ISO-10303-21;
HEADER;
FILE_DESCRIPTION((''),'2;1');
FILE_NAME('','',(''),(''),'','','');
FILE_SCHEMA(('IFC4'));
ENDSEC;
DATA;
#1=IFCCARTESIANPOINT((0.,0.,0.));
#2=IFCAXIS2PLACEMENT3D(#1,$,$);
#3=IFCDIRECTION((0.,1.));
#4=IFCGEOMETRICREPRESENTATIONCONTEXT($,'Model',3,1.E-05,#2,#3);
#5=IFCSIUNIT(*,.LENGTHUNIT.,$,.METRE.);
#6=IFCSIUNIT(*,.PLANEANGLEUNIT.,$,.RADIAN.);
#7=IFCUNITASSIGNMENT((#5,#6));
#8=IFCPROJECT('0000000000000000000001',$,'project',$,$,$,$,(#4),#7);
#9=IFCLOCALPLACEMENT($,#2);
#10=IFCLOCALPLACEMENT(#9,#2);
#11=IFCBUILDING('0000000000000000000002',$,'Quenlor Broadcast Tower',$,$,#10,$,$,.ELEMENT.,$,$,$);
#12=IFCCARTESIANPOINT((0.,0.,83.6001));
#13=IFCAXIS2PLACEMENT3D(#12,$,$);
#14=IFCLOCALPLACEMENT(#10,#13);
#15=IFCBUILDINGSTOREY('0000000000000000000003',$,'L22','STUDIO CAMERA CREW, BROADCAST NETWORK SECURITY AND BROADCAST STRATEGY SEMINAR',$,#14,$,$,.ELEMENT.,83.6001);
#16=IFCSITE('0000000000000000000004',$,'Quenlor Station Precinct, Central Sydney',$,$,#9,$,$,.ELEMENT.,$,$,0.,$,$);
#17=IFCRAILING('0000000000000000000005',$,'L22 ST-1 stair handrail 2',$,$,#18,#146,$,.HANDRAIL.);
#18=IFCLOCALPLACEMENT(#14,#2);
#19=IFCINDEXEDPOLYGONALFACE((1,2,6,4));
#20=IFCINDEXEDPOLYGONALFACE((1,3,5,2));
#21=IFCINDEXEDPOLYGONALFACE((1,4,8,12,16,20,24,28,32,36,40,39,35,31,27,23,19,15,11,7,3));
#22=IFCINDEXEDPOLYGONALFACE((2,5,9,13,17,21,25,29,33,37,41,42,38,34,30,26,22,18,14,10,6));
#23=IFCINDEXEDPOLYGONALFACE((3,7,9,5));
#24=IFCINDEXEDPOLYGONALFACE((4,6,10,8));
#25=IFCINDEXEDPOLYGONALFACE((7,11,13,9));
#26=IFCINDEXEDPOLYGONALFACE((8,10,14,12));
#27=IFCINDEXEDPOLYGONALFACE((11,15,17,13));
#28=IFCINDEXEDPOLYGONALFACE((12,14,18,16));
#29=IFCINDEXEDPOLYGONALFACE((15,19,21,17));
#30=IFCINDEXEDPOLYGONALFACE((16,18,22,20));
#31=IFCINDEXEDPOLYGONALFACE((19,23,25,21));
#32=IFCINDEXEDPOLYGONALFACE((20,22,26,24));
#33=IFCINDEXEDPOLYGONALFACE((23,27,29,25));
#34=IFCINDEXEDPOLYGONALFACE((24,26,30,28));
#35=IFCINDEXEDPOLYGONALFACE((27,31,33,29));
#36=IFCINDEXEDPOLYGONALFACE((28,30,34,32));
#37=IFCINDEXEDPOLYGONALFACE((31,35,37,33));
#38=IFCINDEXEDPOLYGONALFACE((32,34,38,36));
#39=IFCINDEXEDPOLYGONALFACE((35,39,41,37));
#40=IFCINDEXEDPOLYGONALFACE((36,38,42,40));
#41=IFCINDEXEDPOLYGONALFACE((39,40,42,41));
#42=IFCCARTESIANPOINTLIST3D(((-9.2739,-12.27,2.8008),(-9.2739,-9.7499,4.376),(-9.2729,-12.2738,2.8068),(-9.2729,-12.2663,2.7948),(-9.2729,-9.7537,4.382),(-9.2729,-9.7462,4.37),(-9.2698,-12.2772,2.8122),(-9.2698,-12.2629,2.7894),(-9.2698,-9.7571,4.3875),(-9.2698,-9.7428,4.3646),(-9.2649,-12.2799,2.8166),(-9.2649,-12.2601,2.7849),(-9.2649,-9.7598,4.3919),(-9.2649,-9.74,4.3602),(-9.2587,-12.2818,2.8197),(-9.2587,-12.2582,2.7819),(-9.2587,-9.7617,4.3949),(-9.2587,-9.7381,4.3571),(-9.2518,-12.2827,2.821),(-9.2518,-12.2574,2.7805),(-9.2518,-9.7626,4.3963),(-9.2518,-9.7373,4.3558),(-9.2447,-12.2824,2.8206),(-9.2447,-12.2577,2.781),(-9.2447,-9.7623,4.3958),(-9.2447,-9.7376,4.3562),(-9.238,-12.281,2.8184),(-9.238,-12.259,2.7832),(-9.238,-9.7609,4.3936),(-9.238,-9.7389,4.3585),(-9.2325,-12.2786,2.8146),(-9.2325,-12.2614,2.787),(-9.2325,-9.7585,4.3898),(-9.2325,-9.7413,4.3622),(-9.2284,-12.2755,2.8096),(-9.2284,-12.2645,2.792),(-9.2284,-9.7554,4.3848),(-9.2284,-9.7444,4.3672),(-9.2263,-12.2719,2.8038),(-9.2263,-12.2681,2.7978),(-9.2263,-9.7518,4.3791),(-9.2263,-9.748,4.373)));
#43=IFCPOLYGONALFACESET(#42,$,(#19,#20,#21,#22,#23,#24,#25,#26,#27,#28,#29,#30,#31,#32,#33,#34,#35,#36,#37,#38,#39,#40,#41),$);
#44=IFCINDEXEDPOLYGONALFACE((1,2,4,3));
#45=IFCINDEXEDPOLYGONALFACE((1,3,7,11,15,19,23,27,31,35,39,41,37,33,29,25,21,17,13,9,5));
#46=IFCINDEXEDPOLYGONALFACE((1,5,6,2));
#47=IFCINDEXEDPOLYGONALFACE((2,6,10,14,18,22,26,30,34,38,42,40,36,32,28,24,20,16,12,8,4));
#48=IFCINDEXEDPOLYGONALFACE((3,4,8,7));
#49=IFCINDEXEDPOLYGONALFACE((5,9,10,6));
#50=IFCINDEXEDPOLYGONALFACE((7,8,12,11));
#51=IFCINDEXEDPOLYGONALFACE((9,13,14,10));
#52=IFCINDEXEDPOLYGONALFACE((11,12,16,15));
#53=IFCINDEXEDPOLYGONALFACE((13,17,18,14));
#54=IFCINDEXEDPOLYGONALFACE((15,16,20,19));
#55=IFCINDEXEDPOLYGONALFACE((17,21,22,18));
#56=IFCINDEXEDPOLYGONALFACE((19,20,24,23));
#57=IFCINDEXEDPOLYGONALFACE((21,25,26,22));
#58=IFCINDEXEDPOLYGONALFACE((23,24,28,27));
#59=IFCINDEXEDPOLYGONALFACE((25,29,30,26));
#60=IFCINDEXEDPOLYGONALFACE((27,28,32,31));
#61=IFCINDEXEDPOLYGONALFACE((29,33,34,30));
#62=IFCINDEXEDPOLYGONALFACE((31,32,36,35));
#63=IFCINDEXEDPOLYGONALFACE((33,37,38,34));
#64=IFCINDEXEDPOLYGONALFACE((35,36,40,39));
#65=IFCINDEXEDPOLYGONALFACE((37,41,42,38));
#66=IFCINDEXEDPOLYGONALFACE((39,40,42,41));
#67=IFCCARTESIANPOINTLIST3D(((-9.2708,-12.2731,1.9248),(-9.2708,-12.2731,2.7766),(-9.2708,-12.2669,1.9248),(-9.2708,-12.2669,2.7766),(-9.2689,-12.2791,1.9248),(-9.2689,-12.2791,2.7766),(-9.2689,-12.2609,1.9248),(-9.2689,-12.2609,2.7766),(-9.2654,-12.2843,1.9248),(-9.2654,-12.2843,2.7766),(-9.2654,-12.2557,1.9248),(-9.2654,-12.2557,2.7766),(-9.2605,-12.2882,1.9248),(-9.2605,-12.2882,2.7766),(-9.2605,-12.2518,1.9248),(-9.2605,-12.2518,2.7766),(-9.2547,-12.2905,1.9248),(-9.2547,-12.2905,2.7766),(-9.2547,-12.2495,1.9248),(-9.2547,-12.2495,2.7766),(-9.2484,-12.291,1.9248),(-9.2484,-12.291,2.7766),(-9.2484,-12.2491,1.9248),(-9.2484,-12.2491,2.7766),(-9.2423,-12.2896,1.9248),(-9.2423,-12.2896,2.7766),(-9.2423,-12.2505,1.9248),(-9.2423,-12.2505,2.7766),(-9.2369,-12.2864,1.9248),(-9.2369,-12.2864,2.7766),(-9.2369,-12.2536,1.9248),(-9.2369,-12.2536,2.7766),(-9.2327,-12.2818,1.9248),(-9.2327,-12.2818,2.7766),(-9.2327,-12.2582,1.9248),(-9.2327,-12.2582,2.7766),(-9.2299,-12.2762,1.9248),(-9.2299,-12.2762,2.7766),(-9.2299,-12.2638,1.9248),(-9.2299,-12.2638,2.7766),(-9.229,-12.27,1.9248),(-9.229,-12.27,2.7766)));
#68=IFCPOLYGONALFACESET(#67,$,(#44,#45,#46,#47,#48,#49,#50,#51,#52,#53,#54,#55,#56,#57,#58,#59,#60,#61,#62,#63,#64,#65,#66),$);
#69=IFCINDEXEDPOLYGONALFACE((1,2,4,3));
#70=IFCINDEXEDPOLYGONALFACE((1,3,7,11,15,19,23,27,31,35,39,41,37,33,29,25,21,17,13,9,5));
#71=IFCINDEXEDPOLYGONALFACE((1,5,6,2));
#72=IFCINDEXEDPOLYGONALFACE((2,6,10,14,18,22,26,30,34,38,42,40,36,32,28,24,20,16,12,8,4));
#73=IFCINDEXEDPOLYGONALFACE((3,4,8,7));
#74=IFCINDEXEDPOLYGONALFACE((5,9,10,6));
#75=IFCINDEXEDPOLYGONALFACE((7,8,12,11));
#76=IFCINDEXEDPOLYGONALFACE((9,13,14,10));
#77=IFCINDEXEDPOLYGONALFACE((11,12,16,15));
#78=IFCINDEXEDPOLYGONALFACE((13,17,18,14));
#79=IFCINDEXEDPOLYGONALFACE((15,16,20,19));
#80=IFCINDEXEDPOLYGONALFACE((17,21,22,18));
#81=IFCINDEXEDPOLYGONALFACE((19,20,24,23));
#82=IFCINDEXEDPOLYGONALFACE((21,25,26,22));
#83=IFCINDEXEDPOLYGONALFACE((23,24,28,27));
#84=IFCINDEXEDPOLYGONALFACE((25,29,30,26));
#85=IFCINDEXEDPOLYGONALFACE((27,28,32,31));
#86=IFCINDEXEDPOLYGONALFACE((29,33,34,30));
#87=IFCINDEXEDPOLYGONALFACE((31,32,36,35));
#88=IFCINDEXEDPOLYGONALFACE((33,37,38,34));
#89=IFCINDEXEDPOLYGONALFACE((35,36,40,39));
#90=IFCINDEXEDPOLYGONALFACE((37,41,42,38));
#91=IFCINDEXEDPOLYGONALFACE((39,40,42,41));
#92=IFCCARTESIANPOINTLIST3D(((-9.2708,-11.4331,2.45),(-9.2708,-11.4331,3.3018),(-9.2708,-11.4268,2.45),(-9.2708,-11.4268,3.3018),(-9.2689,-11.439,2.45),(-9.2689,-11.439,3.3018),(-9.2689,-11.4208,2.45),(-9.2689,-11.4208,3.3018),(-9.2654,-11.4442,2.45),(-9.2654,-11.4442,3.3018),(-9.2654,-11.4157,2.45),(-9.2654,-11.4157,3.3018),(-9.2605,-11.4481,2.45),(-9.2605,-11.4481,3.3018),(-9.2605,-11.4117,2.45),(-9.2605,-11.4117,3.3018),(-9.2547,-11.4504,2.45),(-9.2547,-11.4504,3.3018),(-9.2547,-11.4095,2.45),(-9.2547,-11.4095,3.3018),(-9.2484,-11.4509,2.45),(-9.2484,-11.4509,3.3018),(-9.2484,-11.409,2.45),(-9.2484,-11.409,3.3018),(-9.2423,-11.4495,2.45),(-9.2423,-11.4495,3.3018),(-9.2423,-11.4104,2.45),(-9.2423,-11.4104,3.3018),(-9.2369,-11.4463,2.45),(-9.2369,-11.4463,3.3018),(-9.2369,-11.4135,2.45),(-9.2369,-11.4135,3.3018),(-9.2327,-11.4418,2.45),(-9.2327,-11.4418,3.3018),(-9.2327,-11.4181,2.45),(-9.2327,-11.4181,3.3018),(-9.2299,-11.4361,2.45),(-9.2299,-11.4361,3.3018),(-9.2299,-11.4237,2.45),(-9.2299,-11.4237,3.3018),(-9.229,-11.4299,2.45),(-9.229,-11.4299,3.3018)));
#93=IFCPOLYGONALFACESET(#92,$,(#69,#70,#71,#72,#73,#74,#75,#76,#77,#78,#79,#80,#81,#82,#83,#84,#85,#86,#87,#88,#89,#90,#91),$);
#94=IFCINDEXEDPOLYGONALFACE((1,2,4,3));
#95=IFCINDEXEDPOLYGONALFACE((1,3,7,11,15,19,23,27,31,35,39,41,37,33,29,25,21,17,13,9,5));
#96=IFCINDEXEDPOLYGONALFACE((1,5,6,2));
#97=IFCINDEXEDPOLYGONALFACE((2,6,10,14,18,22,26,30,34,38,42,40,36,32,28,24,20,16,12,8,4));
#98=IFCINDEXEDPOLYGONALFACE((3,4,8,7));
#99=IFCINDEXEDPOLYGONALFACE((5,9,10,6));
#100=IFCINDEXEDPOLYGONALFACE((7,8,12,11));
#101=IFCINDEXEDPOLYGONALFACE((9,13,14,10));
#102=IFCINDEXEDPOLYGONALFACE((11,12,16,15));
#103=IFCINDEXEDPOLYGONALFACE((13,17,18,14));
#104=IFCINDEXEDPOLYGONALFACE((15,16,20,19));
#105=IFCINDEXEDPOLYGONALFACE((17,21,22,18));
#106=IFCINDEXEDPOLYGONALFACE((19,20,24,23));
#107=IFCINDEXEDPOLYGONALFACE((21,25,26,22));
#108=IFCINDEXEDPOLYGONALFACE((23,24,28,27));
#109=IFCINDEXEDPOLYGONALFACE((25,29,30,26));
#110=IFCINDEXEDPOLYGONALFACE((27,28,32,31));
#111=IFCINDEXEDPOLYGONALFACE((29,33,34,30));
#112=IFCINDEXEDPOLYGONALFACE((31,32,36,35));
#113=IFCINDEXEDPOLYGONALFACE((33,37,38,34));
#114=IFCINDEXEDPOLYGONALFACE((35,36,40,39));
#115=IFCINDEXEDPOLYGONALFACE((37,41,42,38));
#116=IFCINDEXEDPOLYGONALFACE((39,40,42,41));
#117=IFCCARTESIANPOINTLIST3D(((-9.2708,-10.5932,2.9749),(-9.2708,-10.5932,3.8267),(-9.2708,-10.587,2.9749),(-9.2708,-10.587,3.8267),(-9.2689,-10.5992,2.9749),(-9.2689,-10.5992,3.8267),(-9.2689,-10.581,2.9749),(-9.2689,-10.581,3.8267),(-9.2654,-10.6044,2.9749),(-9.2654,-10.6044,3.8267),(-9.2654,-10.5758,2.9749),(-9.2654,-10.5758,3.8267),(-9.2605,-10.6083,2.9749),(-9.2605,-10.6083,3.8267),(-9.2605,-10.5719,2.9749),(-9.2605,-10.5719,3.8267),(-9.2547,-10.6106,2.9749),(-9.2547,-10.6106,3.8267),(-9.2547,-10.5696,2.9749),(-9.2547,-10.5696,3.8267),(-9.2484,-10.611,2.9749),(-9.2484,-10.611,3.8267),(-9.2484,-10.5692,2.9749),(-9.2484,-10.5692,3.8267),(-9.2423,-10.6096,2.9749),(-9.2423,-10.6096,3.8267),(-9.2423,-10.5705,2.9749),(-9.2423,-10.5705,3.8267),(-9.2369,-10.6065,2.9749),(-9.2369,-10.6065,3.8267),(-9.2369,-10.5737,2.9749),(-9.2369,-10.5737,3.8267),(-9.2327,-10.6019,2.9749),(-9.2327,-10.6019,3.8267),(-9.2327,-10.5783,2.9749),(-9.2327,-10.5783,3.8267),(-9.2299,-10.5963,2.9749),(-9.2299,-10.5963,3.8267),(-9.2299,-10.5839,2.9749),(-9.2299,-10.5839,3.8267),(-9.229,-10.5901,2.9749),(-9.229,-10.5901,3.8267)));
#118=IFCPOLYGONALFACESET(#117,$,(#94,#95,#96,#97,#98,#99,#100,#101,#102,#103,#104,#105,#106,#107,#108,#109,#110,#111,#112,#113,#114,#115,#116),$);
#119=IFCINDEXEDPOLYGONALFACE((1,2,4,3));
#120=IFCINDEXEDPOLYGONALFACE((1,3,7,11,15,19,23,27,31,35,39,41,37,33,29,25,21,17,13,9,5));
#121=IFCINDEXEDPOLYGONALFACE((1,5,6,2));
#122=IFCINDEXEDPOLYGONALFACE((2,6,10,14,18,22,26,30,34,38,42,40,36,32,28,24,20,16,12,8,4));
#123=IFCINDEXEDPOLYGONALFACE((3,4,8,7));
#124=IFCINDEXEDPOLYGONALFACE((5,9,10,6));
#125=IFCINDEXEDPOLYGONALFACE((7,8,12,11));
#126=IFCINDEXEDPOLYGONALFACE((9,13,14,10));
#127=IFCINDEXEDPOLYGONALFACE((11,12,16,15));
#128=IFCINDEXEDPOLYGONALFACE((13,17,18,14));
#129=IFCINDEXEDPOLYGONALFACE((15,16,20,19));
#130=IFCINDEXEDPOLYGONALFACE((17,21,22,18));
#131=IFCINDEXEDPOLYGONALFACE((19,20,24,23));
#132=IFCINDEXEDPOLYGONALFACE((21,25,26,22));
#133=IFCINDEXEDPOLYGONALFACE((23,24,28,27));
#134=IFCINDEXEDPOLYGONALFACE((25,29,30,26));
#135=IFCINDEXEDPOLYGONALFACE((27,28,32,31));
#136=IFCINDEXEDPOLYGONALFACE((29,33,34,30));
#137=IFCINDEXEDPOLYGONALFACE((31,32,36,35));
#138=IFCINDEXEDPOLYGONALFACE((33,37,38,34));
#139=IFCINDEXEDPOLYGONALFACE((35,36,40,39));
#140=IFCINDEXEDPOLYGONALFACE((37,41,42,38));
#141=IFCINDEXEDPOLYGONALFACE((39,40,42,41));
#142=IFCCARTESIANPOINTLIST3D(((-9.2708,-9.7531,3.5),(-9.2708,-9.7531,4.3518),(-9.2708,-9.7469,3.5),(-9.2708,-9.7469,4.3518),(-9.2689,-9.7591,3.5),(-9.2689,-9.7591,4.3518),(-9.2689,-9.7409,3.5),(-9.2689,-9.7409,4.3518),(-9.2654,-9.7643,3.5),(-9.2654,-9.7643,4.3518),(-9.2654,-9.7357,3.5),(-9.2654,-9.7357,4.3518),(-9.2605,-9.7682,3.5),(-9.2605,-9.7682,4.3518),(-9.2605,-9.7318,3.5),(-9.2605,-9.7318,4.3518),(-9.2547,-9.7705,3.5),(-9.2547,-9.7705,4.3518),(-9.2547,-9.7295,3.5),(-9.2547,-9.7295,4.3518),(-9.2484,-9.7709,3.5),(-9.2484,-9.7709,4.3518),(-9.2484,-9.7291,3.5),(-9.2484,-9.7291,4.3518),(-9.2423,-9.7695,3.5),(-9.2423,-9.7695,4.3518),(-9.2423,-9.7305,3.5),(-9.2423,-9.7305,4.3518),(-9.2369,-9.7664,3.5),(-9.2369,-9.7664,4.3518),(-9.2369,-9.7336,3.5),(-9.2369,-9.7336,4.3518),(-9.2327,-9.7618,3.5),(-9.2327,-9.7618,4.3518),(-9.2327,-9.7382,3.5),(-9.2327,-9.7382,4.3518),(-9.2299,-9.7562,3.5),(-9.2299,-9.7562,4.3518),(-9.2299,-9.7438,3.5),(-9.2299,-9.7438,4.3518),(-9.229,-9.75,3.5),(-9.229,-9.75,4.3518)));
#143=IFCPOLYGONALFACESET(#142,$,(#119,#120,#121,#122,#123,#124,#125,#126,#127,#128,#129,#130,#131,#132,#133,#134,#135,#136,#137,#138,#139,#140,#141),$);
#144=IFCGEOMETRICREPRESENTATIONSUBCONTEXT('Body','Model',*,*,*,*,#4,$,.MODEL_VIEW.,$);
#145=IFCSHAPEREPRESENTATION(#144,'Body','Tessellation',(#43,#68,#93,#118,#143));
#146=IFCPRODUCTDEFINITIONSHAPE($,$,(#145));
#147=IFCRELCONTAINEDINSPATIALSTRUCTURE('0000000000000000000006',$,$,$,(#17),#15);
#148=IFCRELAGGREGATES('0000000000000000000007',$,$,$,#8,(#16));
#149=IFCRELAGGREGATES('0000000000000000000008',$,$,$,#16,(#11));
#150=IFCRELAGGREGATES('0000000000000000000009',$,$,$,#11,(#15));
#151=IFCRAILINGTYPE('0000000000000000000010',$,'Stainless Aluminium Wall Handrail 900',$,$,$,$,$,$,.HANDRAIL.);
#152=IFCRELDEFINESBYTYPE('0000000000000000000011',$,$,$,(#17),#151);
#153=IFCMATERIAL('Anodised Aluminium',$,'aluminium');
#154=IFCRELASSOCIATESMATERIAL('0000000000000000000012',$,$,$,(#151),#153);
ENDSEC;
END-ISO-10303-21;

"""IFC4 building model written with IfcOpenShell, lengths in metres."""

from ifc_helpers import new_model, si_unit, direction, frame, origin, origin_2d, place, context, subcontext, project, spatial, circle, extrude, material, type_object, element, save


model = new_model("IFC4")

# Units and contexts
model_context = context("Model", 3, precision=1e-05, world=origin(), true_north=direction((0.0, 1.0)))
body_context = subcontext(model_context, "Body", "Model", "MODEL_VIEW")
ifc_project = project(units=[si_unit("LENGTHUNIT", "METRE"), si_unit("PLANEANGLEUNIT", "RADIAN")], contexts=[model_context])

# Site, building, storey
site_placement = place(None, origin())
site = spatial("IfcSite", under=ifc_project, at=site_placement, Name="Quenlor Station Precinct, Central Sydney", CompositionType="ELEMENT", RefElevation=0.0)
building_placement = place(site_placement, origin())
building = spatial("IfcBuilding", under=site, at=building_placement, Name="Quenlor Broadcast Tower", CompositionType="ELEMENT")
storey_placement = place(building_placement, frame((0.0, 0.0, 83.6001)))
storey = spatial("IfcBuildingStorey", under=building, at=storey_placement, Name="L22", Description="STUDIO CAMERA CREW, BROADCAST NETWORK SECURITY AND BROADCAST STRATEGY SEMINAR", CompositionType="ELEMENT", Elevation=83.6001)

# Railing
ifc_material_1 = material(Name="Anodised Aluminium", Category="aluminium")
railing_type_1 = type_object("IfcRailingType", Name="Stainless Aluminium Wall Handrail 900", PredefinedType="HANDRAIL", material=ifc_material_1)
railing_1_placement = place(storey_placement, frame((-9.25, -12.27, 1.9248)))
element("IfcRailing", 1, at=railing_1_placement, inside=storey, type_object=railing_type_1, Name="L22 ST-1 stair handrail 2", PredefinedType="HANDRAIL", context=body_context, shape_type="SweptSolid", body=[
    extrude(circle(Radius=0.0239, at=origin_2d()), frame((0.0, 0.0, 0.876), z_axis=(0.0, 0.847971, 0.530043), x_axis=(-1.0, 0.0, 0.0)), (0.0, 0.0, 1.0), 2.9719),
    extrude(circle(Radius=0.021, at=origin_2d()), origin(), (0.0, 0.0, 1.0), 0.8518),
    extrude(circle(Radius=0.021, at=origin_2d()), frame((0.0, 0.8401, 0.5251)), (0.0, 0.0, 1.0), 0.8518),
    extrude(circle(Radius=0.021, at=origin_2d()), frame((0.0, 1.6799, 1.05)), (0.0, 0.0, 1.0), 0.8518),
    extrude(circle(Radius=0.021, at=origin_2d()), frame((0.0, 2.52, 1.5752)), (0.0, 0.0, 1.0), 0.8518),
])

save(model, "model.ifc")
